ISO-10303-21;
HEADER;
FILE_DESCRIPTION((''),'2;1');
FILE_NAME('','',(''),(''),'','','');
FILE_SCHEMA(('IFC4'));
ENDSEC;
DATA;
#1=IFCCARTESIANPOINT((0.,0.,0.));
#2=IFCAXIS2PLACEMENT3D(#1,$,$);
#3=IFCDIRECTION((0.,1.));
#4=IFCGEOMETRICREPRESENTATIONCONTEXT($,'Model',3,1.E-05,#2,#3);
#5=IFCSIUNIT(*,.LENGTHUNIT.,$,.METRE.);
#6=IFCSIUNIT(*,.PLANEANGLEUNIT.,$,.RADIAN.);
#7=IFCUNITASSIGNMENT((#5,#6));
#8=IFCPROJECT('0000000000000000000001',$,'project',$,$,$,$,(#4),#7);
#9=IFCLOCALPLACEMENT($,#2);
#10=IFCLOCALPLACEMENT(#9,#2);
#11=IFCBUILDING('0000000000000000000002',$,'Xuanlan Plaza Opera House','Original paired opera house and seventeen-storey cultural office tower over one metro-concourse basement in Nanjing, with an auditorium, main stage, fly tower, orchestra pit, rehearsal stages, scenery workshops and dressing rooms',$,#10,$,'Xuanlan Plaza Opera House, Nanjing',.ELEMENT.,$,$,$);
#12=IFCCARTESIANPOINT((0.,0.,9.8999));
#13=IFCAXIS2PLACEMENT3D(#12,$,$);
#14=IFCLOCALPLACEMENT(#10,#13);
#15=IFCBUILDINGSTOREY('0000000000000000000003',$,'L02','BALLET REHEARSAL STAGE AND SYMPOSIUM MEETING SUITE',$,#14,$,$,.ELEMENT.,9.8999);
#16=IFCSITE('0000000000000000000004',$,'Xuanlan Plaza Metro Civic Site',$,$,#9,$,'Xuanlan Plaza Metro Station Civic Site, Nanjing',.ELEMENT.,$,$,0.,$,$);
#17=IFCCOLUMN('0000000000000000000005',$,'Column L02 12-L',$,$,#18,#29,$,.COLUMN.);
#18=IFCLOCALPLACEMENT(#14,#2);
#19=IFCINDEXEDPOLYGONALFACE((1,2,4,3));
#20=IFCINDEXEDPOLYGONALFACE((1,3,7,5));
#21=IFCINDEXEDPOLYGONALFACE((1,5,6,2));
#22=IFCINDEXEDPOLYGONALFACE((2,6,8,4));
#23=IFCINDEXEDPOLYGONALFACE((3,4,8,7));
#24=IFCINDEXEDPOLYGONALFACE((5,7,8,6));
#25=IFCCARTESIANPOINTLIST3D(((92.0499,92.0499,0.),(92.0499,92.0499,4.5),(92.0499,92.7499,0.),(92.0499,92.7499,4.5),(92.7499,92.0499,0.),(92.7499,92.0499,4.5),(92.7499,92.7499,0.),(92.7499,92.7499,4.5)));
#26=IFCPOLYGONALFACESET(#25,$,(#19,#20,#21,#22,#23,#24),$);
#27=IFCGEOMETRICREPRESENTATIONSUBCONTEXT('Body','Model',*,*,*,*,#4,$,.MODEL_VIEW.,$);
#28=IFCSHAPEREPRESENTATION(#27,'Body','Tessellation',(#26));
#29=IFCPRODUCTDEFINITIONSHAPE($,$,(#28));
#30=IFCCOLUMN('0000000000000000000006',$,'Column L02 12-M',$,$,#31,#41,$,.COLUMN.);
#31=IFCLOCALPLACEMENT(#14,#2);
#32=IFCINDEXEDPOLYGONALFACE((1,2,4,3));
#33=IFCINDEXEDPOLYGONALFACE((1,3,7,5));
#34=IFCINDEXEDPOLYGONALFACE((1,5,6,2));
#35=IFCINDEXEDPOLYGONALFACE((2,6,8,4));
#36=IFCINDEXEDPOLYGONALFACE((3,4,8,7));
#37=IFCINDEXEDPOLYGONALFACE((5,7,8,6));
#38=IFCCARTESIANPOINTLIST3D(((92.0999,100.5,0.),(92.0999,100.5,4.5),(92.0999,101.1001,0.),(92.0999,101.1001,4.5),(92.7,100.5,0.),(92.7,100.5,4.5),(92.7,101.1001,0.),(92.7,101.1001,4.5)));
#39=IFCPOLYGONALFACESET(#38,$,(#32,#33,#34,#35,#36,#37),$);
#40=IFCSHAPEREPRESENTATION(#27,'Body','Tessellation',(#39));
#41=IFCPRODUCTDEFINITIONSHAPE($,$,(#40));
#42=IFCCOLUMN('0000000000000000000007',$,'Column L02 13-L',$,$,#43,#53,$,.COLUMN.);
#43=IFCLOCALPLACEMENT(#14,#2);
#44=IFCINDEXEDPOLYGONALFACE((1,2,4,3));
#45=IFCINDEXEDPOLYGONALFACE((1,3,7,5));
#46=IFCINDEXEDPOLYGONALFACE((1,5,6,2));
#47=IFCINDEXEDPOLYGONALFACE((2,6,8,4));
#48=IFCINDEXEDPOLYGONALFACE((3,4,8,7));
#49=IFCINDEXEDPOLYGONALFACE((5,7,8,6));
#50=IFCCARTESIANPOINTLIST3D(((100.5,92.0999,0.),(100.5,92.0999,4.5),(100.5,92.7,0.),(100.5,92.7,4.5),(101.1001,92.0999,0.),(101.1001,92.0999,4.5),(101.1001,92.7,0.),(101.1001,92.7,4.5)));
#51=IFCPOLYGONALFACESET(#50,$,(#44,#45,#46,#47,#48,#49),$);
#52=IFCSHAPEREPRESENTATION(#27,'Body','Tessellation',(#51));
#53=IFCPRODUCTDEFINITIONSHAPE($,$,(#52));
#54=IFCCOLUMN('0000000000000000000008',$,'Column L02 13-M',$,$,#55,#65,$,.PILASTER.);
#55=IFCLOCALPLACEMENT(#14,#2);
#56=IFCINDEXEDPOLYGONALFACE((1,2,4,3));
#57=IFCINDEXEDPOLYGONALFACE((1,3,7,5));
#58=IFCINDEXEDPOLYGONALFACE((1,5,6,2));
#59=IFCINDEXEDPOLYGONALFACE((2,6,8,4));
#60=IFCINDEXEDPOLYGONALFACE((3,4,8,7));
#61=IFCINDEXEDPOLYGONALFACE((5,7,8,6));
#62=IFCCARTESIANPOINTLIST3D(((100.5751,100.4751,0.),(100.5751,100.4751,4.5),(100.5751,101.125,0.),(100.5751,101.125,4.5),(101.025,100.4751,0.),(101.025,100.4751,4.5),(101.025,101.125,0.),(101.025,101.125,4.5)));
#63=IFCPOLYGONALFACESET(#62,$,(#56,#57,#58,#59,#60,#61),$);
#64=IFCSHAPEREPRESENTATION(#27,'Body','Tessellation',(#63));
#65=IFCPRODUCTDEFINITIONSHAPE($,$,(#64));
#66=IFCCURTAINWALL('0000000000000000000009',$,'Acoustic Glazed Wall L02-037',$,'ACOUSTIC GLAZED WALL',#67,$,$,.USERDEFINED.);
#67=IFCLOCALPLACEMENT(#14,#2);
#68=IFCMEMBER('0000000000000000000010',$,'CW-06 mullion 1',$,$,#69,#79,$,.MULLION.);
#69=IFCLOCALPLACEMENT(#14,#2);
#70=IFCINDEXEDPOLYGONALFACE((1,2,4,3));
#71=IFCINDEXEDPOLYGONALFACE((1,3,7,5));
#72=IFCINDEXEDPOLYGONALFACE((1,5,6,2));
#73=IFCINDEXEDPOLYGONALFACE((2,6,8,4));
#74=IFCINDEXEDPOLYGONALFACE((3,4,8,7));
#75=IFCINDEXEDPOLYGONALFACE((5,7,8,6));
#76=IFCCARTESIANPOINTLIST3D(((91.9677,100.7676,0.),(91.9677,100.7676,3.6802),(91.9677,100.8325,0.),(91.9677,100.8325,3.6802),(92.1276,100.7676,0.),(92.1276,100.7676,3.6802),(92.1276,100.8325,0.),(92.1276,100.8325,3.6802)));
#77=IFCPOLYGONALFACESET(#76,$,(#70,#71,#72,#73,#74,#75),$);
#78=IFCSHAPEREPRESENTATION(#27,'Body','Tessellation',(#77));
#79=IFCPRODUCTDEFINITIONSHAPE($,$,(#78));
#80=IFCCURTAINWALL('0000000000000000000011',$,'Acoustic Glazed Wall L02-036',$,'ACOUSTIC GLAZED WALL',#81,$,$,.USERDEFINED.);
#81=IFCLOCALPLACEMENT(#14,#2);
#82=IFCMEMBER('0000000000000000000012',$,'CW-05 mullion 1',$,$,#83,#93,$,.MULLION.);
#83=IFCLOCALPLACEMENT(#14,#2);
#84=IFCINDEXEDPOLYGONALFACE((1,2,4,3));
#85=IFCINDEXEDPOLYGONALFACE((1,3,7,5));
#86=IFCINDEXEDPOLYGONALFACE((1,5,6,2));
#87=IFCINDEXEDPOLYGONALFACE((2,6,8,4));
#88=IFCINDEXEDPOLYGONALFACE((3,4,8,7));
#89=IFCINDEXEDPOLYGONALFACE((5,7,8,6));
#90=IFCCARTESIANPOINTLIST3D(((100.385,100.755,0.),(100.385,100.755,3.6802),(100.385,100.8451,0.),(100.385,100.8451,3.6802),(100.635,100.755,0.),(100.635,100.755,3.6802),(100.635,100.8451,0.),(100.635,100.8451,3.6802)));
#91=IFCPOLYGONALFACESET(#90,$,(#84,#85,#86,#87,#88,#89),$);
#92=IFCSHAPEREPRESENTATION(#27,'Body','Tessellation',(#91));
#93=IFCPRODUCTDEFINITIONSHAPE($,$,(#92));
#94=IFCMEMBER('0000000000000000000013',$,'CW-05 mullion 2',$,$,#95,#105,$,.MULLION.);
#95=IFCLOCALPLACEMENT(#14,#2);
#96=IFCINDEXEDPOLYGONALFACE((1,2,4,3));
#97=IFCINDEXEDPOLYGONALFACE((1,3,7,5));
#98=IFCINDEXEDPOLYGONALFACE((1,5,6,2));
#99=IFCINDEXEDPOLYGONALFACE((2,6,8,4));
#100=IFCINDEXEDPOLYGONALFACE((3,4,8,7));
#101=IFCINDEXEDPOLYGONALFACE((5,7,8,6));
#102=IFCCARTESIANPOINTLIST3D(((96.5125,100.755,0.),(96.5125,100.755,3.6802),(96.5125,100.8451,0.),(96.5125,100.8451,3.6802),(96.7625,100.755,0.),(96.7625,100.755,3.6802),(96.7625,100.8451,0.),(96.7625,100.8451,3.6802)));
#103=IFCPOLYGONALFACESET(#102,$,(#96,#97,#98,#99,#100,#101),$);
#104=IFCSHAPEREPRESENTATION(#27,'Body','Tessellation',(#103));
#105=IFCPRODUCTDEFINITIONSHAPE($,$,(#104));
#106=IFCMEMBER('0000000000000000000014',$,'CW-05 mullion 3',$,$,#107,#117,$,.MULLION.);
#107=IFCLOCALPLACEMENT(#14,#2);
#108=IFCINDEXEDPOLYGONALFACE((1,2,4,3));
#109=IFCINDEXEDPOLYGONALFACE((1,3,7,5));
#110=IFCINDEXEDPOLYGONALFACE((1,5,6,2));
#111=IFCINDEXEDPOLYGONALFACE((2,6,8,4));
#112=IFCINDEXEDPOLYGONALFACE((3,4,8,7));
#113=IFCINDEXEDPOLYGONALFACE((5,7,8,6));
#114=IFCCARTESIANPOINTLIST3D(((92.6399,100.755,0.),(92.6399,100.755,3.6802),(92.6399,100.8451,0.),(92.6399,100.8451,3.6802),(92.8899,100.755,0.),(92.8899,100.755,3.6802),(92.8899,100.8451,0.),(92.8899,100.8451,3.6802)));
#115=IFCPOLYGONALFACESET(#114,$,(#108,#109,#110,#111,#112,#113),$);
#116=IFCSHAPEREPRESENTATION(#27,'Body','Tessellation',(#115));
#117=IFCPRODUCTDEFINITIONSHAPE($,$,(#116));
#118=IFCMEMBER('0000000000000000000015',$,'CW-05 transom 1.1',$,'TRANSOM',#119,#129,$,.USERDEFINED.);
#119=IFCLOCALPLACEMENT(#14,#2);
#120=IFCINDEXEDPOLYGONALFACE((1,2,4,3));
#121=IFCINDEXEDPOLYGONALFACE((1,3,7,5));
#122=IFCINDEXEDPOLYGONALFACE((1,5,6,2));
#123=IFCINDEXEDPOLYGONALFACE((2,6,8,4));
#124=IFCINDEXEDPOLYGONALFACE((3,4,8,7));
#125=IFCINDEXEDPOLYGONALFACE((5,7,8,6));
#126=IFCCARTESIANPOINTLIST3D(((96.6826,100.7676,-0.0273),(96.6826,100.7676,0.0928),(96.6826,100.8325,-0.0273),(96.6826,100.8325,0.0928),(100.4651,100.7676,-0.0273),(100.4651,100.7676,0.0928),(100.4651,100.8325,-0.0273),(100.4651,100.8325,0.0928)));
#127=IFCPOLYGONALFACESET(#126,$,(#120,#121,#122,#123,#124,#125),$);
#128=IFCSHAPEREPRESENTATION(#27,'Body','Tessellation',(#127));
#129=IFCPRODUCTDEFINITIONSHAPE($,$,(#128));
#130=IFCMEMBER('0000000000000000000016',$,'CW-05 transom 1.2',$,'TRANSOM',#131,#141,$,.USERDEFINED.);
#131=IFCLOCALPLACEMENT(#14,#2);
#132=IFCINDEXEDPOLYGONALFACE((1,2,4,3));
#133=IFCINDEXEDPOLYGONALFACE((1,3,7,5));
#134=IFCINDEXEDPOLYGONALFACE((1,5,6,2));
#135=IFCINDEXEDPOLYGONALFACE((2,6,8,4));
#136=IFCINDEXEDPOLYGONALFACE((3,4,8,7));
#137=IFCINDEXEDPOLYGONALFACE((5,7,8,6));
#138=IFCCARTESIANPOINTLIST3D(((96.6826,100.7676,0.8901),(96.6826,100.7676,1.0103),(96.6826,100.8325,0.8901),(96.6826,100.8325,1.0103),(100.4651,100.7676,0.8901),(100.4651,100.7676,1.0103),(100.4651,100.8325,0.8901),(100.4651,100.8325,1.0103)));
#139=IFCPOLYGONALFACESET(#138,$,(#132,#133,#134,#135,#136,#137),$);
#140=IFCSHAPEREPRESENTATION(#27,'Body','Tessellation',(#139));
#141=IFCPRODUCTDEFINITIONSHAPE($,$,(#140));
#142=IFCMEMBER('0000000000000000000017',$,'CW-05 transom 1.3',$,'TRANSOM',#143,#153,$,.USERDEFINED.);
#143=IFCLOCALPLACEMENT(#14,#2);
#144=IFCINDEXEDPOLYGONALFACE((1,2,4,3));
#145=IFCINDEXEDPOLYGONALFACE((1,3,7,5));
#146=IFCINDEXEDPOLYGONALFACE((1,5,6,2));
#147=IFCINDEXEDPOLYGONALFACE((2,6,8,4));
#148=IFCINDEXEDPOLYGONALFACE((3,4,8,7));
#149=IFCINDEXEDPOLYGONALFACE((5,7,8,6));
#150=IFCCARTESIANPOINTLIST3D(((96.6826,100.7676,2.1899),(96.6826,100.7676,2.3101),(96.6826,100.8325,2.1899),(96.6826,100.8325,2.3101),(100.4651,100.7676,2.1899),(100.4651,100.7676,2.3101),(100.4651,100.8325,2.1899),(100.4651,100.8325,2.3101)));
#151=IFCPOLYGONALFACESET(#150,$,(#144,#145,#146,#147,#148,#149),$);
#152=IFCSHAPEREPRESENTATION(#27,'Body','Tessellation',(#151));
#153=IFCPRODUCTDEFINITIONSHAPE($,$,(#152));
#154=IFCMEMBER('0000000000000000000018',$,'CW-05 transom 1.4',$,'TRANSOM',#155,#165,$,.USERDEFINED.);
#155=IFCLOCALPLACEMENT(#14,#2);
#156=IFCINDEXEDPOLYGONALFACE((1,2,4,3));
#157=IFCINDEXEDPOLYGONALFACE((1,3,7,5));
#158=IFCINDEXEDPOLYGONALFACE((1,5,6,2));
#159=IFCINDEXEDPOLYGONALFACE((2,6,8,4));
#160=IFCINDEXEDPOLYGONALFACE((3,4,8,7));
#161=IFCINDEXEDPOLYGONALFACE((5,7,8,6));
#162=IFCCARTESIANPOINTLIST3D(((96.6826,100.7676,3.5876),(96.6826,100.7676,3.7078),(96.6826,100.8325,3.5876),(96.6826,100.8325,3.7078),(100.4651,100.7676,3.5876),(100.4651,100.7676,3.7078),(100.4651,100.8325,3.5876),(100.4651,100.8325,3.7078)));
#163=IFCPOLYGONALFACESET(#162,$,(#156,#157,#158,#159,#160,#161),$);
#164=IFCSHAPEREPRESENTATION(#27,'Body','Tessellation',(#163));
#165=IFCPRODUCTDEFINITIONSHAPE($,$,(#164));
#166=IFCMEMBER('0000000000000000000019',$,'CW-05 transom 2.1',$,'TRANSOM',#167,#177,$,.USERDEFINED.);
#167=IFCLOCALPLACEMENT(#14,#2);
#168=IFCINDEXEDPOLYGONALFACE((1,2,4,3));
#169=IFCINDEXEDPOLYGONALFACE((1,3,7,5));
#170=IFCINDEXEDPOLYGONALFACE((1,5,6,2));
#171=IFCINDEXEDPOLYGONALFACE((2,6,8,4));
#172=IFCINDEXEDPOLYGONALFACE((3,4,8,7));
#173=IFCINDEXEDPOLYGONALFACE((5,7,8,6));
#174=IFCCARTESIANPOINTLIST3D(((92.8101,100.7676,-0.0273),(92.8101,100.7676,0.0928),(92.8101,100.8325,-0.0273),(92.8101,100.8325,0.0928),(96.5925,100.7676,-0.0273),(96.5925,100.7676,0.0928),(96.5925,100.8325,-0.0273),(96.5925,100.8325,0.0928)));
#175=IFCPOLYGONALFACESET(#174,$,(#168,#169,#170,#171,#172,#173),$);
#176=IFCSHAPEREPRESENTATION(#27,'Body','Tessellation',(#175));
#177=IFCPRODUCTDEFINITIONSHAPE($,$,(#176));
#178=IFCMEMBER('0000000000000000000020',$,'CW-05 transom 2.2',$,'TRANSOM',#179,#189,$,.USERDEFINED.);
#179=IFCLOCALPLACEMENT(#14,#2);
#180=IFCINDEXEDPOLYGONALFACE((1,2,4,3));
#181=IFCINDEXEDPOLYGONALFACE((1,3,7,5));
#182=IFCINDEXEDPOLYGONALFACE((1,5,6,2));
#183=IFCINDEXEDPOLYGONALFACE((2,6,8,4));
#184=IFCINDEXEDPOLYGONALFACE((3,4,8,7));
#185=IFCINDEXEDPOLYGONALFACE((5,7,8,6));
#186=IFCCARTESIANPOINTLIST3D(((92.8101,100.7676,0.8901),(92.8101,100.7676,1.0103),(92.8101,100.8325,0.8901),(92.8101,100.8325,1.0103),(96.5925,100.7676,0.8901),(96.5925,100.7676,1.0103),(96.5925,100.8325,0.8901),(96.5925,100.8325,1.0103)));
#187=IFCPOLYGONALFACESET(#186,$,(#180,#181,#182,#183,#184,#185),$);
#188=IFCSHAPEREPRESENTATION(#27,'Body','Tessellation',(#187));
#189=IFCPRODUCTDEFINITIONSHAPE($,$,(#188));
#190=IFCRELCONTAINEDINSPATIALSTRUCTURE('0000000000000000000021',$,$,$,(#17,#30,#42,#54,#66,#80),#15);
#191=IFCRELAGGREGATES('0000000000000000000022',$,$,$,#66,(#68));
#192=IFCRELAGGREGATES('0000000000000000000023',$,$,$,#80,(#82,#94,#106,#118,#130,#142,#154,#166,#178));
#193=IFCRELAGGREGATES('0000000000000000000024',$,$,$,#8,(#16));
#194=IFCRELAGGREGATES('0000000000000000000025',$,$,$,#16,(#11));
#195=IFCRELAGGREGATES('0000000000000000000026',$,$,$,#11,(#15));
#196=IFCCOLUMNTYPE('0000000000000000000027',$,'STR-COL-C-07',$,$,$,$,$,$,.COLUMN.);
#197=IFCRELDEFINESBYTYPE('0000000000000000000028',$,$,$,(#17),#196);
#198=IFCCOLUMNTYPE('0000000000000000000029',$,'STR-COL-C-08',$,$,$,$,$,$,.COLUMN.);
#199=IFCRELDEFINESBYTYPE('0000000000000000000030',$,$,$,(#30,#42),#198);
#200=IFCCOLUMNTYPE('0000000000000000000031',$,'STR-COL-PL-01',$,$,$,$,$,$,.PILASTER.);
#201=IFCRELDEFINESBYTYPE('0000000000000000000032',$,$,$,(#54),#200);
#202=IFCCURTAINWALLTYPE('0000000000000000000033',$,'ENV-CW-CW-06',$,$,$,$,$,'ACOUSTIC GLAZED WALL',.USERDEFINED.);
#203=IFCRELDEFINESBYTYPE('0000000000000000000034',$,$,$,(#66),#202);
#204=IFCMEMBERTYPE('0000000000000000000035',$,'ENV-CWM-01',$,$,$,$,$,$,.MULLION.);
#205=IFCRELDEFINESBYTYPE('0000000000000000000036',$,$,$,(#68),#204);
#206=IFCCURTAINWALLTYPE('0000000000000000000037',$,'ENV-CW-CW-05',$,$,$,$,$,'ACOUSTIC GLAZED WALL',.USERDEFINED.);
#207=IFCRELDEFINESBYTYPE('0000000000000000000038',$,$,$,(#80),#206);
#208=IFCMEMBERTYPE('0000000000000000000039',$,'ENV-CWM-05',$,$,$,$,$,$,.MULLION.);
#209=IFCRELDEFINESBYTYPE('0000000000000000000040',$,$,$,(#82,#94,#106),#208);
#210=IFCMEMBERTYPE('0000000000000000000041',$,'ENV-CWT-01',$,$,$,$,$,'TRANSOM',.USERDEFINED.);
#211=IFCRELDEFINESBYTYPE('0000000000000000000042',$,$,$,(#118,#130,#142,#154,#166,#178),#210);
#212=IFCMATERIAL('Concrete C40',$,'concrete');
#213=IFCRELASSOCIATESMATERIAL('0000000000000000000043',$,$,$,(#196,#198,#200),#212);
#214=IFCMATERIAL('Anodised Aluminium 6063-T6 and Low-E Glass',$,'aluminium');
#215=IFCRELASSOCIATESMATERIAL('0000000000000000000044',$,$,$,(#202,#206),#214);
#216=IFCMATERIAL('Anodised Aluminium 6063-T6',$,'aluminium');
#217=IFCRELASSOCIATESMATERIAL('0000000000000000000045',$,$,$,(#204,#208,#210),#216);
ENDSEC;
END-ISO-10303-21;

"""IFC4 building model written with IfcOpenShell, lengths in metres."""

from ifc_helpers import new_model, si_unit, direction, frame, origin, origin_2d, place, context, subcontext, project, spatial, rectangle, extrude, material, material_profile, profile_set, type_object, element, aggregate, save


model = new_model("IFC4")

# Units and contexts
model_context = context("Model", 3, precision=1e-05, world=origin(), true_north=direction((0.0, 1.0)))
body_context = subcontext(model_context, "Body", "Model", "MODEL_VIEW")
ifc_project = project(units=[si_unit("LENGTHUNIT", "METRE"), si_unit("PLANEANGLEUNIT", "RADIAN")], contexts=[model_context])

# Site, building, storey
site_placement = place(None, origin())
site = spatial("IfcSite", under=ifc_project, at=site_placement, Name="Xuanlan Plaza Metro Civic Site", LongName="Xuanlan Plaza Metro Station Civic Site, Nanjing", CompositionType="ELEMENT", RefElevation=0.0)
building_placement = place(site_placement, origin())
building = spatial("IfcBuilding", under=site, at=building_placement, Name="Xuanlan Plaza Opera House", Description="Original paired opera house and seventeen-storey cultural office tower over one metro-concourse basement in Nanjing, with an auditorium, main stage, fly tower, orchestra pit, rehearsal stages, scenery workshops and dressing rooms", LongName="Xuanlan Plaza Opera House, Nanjing", CompositionType="ELEMENT")
storey_placement = place(building_placement, frame((0.0, 0.0, 9.8999)))
storey = spatial("IfcBuildingStorey", under=building, at=storey_placement, Name="L02", Description="BALLET REHEARSAL STAGE AND SYMPOSIUM MEETING SUITE", CompositionType="ELEMENT", Elevation=9.8999)

# Columns
ifc_material_1 = material(Name="Concrete C40", Category="concrete")
ifc_material_profile_1 = material_profile(ifc_material_1, rectangle(XDim=0.7, YDim=0.7, at=origin_2d()), Name="RC-COL 700x700")
ifc_profile_set_1 = profile_set([ifc_material_profile_1], Name="Concrete C40")
column_type_1 = type_object("IfcColumnType", Name="STR-COL-C-07", PredefinedType="COLUMN", material=ifc_profile_set_1)
column_1_placement = place(storey_placement, frame((92.3999, 92.3999, 0.0), z_axis=(0.0, 0.0, 1.0), x_axis=(1.0, 0.0, 0.0)))
element("IfcColumn", 1, at=column_1_placement, inside=storey, type_object=column_type_1, Name="Column L02 12-L", PredefinedType="COLUMN", context=body_context, shape_type="SweptSolid", body=[
    extrude(rectangle(XDim=0.7, YDim=0.7, at=origin_2d()), origin(), (0.0, 0.0, 1.0), 4.5),
])
ifc_material_profile_2 = material_profile(ifc_material_1, rectangle(XDim=0.6001, YDim=0.6001, at=origin_2d()), Name="RC-COL 600x600")
ifc_profile_set_2 = profile_set([ifc_material_profile_2], Name="Concrete C40")
column_type_2 = type_object("IfcColumnType", Name="STR-COL-C-08", PredefinedType="COLUMN", material=ifc_profile_set_2)
for number, where, z_axis, x_axis, name in (
    (2, (92.3999, 100.8, 0.0), (0.0, 0.0, 1.0), (1.0, 0.0, 0.0), "Column L02 12-M"),
    (3, (100.8, 92.3999, 0.0), (0.0, 0.0, 1.0), (1.0, 0.0, 0.0), "Column L02 13-L"),
):
    element("IfcColumn", number, at=place(storey_placement, frame(where, z_axis=z_axis, x_axis=x_axis)), inside=storey, type_object=column_type_2, Name=name, PredefinedType="COLUMN", context=body_context, shape_type="SweptSolid", body=[
        extrude(rectangle(XDim=0.6001, YDim=0.6001, at=origin_2d()), origin(), (0.0, 0.0, 1.0), 4.5),
    ])
ifc_material_profile_3 = material_profile(ifc_material_1, rectangle(XDim=0.45, YDim=0.6499, at=origin_2d()), Name="RC-PIL 450x650")
ifc_profile_set_3 = profile_set([ifc_material_profile_3], Name="Concrete C40")
column_type_3 = type_object("IfcColumnType", Name="STR-COL-PL-01", PredefinedType="PILASTER", material=ifc_profile_set_3)
column_2_placement = place(storey_placement, frame((100.8, 100.8, 0.0), z_axis=(0.0, 0.0, 1.0), x_axis=(1.0, 0.0, 0.0)))
element("IfcColumn", 4, at=column_2_placement, inside=storey, type_object=column_type_3, Name="Column L02 13-M", PredefinedType="PILASTER", context=body_context, shape_type="SweptSolid", body=[
    extrude(rectangle(XDim=0.45, YDim=0.6499, at=origin_2d()), origin(), (0.0, 0.0, 1.0), 4.5),
])

# Curtain wall, member
ifc_material_2 = material(Name="Anodised Aluminium 6063-T6 and Low-E Glass", Category="aluminium")
curtain_wall_type_1 = type_object("IfcCurtainWallType", Name="ENV-CW-CW-06", ElementType="ACOUSTIC GLAZED WALL", PredefinedType="USERDEFINED", material=ifc_material_2)
curtain_wall_1_placement = place(storey_placement, origin())
curtain_wall_1 = element("IfcCurtainWall", 5, at=curtain_wall_1_placement, inside=storey, type_object=curtain_wall_type_1, Name="Acoustic Glazed Wall L02-037", ObjectType="ACOUSTIC GLAZED WALL", PredefinedType="USERDEFINED")
ifc_material_3 = material(Name="Anodised Aluminium 6063-T6", Category="aluminium")
ifc_material_profile_4 = material_profile(ifc_material_3, rectangle(XDim=0.0649, YDim=0.1599, at=origin_2d()), Name="ALU-M 65x160")
ifc_profile_set_4 = profile_set([ifc_material_profile_4], Name="Anodised Aluminium 6063-T6")
member_type_1 = type_object("IfcMemberType", Name="ENV-CWM-01", PredefinedType="MULLION", material=ifc_profile_set_4)
member_1_placement = place(storey_placement, frame((92.0476, 100.8, 0.0), z_axis=(0.0, 0.0, 1.0), x_axis=(0.0, -1.0, 0.0)))
member_1 = element("IfcMember", 6, at=member_1_placement, type_object=member_type_1, Name="CW-06 mullion 1", PredefinedType="MULLION", context=body_context, shape_type="SweptSolid", body=[
    extrude(rectangle(XDim=0.0649, YDim=0.1599, at=origin_2d()), origin(), (0.0, 0.0, 1.0), 3.6802),
])

# Curtain wall, members
curtain_wall_type_2 = type_object("IfcCurtainWallType", Name="ENV-CW-CW-05", ElementType="ACOUSTIC GLAZED WALL", PredefinedType="USERDEFINED", material=ifc_material_2)
curtain_wall_2_placement = place(storey_placement, origin())
curtain_wall_2 = element("IfcCurtainWall", 7, at=curtain_wall_2_placement, inside=storey, type_object=curtain_wall_type_2, Name="Acoustic Glazed Wall L02-036", ObjectType="ACOUSTIC GLAZED WALL", PredefinedType="USERDEFINED")
ifc_material_profile_5 = material_profile(ifc_material_3, rectangle(XDim=0.0901, YDim=0.25, at=origin_2d()), Name="ALU-M 90x250")
ifc_profile_set_5 = profile_set([ifc_material_profile_5], Name="Anodised Aluminium 6063-T6")
member_type_2 = type_object("IfcMemberType", Name="ENV-CWM-05", PredefinedType="MULLION", material=ifc_profile_set_5)
member_2_placement = place(storey_placement, frame((100.51, 100.8, 0.0), z_axis=(0.0, 0.0, 1.0), x_axis=(0.0, -1.0, 0.0)))
member_2 = element("IfcMember", 8, at=member_2_placement, type_object=member_type_2, Name="CW-05 mullion 1", PredefinedType="MULLION", context=body_context, shape_type="SweptSolid", body=[
    extrude(rectangle(XDim=0.0901, YDim=0.25, at=origin_2d()), origin(), (0.0, 0.0, 1.0), 3.6802),
])
member_3_placement = place(storey_placement, frame((96.6375, 100.8, 0.0), z_axis=(0.0, 0.0, 1.0), x_axis=(0.0, -1.0, 0.0)))
member_3 = element("IfcMember", 9, at=member_3_placement, type_object=member_type_2, Name="CW-05 mullion 2", PredefinedType="MULLION", context=body_context, shape_type="SweptSolid", body=[
    extrude(rectangle(XDim=0.0901, YDim=0.25, at=origin_2d()), origin(), (0.0, 0.0, 1.0), 3.6802),
])
member_4_placement = place(storey_placement, frame((92.7649, 100.8, 0.0), z_axis=(0.0, 0.0, 1.0), x_axis=(0.0, -1.0, 0.0)))
member_4 = element("IfcMember", 10, at=member_4_placement, type_object=member_type_2, Name="CW-05 mullion 3", PredefinedType="MULLION", context=body_context, shape_type="SweptSolid", body=[
    extrude(rectangle(XDim=0.0901, YDim=0.25, at=origin_2d()), origin(), (0.0, 0.0, 1.0), 3.6802),
])
ifc_material_profile_6 = material_profile(ifc_material_3, rectangle(XDim=0.0649, YDim=0.1201, at=origin_2d()), Name="ALU-T 65x120")
ifc_profile_set_6 = profile_set([ifc_material_profile_6], Name="Anodised Aluminium 6063-T6")
member_type_3 = type_object("IfcMemberType", Name="ENV-CWT-01", ElementType="TRANSOM", PredefinedType="USERDEFINED", material=ifc_profile_set_6)
member_5_placement = place(storey_placement, frame((100.4651, 100.8, 0.0327), z_axis=(-1.0, 0.0, 0.0), x_axis=(0.0, -1.0, 0.0)))
member_5 = element("IfcMember", 11, at=member_5_placement, type_object=member_type_3, Name="CW-05 transom 1.1", ObjectType="TRANSOM", PredefinedType="USERDEFINED", context=body_context, shape_type="SweptSolid", body=[
    extrude(rectangle(XDim=0.0649, YDim=0.1201, at=origin_2d()), origin(), (0.0, 0.0, 1.0), 3.7825),
])
member_6_placement = place(storey_placement, frame((100.4651, 100.8, 0.9502), z_axis=(-1.0, 0.0, 0.0), x_axis=(0.0, -1.0, 0.0)))
member_6 = element("IfcMember", 12, at=member_6_placement, type_object=member_type_3, Name="CW-05 transom 1.2", ObjectType="TRANSOM", PredefinedType="USERDEFINED", context=body_context, shape_type="SweptSolid", body=[
    extrude(rectangle(XDim=0.0649, YDim=0.1201, at=origin_2d()), origin(), (0.0, 0.0, 1.0), 3.7825),
])
member_7_placement = place(storey_placement, frame((100.4651, 100.8, 2.25), z_axis=(-1.0, 0.0, 0.0), x_axis=(0.0, -1.0, 0.0)))
member_7 = element("IfcMember", 13, at=member_7_placement, type_object=member_type_3, Name="CW-05 transom 1.3", ObjectType="TRANSOM", PredefinedType="USERDEFINED", context=body_context, shape_type="SweptSolid", body=[
    extrude(rectangle(XDim=0.0649, YDim=0.1201, at=origin_2d()), origin(), (0.0, 0.0, 1.0), 3.7825),
])
member_8_placement = place(storey_placement, frame((100.4651, 100.8, 3.6477), z_axis=(-1.0, 0.0, 0.0), x_axis=(0.0, -1.0, 0.0)))
member_8 = element("IfcMember", 14, at=member_8_placement, type_object=member_type_3, Name="CW-05 transom 1.4", ObjectType="TRANSOM", PredefinedType="USERDEFINED", context=body_context, shape_type="SweptSolid", body=[
    extrude(rectangle(XDim=0.0649, YDim=0.1201, at=origin_2d()), origin(), (0.0, 0.0, 1.0), 3.7825),
])
member_9_placement = place(storey_placement, frame((96.5925, 100.8, 0.0327), z_axis=(-1.0, 0.0, 0.0), x_axis=(0.0, -1.0, 0.0)))
member_9 = element("IfcMember", 15, at=member_9_placement, type_object=member_type_3, Name="CW-05 transom 2.1", ObjectType="TRANSOM", PredefinedType="USERDEFINED", context=body_context, shape_type="SweptSolid", body=[
    extrude(rectangle(XDim=0.0649, YDim=0.1201, at=origin_2d()), origin(), (0.0, 0.0, 1.0), 3.7825),
])
member_10_placement = place(storey_placement, frame((96.5925, 100.8, 0.9502), z_axis=(-1.0, 0.0, 0.0), x_axis=(0.0, -1.0, 0.0)))
member_10 = element("IfcMember", 16, at=member_10_placement, type_object=member_type_3, Name="CW-05 transom 2.2", ObjectType="TRANSOM", PredefinedType="USERDEFINED", context=body_context, shape_type="SweptSolid", body=[
    extrude(rectangle(XDim=0.0649, YDim=0.1201, at=origin_2d()), origin(), (0.0, 0.0, 1.0), 3.7825),
])

aggregate(curtain_wall_1, [member_1])

aggregate(curtain_wall_2, [member_2, member_3, member_4, member_5, member_6, member_7, member_8, member_9, member_10])

save(model, "model.ifc")
